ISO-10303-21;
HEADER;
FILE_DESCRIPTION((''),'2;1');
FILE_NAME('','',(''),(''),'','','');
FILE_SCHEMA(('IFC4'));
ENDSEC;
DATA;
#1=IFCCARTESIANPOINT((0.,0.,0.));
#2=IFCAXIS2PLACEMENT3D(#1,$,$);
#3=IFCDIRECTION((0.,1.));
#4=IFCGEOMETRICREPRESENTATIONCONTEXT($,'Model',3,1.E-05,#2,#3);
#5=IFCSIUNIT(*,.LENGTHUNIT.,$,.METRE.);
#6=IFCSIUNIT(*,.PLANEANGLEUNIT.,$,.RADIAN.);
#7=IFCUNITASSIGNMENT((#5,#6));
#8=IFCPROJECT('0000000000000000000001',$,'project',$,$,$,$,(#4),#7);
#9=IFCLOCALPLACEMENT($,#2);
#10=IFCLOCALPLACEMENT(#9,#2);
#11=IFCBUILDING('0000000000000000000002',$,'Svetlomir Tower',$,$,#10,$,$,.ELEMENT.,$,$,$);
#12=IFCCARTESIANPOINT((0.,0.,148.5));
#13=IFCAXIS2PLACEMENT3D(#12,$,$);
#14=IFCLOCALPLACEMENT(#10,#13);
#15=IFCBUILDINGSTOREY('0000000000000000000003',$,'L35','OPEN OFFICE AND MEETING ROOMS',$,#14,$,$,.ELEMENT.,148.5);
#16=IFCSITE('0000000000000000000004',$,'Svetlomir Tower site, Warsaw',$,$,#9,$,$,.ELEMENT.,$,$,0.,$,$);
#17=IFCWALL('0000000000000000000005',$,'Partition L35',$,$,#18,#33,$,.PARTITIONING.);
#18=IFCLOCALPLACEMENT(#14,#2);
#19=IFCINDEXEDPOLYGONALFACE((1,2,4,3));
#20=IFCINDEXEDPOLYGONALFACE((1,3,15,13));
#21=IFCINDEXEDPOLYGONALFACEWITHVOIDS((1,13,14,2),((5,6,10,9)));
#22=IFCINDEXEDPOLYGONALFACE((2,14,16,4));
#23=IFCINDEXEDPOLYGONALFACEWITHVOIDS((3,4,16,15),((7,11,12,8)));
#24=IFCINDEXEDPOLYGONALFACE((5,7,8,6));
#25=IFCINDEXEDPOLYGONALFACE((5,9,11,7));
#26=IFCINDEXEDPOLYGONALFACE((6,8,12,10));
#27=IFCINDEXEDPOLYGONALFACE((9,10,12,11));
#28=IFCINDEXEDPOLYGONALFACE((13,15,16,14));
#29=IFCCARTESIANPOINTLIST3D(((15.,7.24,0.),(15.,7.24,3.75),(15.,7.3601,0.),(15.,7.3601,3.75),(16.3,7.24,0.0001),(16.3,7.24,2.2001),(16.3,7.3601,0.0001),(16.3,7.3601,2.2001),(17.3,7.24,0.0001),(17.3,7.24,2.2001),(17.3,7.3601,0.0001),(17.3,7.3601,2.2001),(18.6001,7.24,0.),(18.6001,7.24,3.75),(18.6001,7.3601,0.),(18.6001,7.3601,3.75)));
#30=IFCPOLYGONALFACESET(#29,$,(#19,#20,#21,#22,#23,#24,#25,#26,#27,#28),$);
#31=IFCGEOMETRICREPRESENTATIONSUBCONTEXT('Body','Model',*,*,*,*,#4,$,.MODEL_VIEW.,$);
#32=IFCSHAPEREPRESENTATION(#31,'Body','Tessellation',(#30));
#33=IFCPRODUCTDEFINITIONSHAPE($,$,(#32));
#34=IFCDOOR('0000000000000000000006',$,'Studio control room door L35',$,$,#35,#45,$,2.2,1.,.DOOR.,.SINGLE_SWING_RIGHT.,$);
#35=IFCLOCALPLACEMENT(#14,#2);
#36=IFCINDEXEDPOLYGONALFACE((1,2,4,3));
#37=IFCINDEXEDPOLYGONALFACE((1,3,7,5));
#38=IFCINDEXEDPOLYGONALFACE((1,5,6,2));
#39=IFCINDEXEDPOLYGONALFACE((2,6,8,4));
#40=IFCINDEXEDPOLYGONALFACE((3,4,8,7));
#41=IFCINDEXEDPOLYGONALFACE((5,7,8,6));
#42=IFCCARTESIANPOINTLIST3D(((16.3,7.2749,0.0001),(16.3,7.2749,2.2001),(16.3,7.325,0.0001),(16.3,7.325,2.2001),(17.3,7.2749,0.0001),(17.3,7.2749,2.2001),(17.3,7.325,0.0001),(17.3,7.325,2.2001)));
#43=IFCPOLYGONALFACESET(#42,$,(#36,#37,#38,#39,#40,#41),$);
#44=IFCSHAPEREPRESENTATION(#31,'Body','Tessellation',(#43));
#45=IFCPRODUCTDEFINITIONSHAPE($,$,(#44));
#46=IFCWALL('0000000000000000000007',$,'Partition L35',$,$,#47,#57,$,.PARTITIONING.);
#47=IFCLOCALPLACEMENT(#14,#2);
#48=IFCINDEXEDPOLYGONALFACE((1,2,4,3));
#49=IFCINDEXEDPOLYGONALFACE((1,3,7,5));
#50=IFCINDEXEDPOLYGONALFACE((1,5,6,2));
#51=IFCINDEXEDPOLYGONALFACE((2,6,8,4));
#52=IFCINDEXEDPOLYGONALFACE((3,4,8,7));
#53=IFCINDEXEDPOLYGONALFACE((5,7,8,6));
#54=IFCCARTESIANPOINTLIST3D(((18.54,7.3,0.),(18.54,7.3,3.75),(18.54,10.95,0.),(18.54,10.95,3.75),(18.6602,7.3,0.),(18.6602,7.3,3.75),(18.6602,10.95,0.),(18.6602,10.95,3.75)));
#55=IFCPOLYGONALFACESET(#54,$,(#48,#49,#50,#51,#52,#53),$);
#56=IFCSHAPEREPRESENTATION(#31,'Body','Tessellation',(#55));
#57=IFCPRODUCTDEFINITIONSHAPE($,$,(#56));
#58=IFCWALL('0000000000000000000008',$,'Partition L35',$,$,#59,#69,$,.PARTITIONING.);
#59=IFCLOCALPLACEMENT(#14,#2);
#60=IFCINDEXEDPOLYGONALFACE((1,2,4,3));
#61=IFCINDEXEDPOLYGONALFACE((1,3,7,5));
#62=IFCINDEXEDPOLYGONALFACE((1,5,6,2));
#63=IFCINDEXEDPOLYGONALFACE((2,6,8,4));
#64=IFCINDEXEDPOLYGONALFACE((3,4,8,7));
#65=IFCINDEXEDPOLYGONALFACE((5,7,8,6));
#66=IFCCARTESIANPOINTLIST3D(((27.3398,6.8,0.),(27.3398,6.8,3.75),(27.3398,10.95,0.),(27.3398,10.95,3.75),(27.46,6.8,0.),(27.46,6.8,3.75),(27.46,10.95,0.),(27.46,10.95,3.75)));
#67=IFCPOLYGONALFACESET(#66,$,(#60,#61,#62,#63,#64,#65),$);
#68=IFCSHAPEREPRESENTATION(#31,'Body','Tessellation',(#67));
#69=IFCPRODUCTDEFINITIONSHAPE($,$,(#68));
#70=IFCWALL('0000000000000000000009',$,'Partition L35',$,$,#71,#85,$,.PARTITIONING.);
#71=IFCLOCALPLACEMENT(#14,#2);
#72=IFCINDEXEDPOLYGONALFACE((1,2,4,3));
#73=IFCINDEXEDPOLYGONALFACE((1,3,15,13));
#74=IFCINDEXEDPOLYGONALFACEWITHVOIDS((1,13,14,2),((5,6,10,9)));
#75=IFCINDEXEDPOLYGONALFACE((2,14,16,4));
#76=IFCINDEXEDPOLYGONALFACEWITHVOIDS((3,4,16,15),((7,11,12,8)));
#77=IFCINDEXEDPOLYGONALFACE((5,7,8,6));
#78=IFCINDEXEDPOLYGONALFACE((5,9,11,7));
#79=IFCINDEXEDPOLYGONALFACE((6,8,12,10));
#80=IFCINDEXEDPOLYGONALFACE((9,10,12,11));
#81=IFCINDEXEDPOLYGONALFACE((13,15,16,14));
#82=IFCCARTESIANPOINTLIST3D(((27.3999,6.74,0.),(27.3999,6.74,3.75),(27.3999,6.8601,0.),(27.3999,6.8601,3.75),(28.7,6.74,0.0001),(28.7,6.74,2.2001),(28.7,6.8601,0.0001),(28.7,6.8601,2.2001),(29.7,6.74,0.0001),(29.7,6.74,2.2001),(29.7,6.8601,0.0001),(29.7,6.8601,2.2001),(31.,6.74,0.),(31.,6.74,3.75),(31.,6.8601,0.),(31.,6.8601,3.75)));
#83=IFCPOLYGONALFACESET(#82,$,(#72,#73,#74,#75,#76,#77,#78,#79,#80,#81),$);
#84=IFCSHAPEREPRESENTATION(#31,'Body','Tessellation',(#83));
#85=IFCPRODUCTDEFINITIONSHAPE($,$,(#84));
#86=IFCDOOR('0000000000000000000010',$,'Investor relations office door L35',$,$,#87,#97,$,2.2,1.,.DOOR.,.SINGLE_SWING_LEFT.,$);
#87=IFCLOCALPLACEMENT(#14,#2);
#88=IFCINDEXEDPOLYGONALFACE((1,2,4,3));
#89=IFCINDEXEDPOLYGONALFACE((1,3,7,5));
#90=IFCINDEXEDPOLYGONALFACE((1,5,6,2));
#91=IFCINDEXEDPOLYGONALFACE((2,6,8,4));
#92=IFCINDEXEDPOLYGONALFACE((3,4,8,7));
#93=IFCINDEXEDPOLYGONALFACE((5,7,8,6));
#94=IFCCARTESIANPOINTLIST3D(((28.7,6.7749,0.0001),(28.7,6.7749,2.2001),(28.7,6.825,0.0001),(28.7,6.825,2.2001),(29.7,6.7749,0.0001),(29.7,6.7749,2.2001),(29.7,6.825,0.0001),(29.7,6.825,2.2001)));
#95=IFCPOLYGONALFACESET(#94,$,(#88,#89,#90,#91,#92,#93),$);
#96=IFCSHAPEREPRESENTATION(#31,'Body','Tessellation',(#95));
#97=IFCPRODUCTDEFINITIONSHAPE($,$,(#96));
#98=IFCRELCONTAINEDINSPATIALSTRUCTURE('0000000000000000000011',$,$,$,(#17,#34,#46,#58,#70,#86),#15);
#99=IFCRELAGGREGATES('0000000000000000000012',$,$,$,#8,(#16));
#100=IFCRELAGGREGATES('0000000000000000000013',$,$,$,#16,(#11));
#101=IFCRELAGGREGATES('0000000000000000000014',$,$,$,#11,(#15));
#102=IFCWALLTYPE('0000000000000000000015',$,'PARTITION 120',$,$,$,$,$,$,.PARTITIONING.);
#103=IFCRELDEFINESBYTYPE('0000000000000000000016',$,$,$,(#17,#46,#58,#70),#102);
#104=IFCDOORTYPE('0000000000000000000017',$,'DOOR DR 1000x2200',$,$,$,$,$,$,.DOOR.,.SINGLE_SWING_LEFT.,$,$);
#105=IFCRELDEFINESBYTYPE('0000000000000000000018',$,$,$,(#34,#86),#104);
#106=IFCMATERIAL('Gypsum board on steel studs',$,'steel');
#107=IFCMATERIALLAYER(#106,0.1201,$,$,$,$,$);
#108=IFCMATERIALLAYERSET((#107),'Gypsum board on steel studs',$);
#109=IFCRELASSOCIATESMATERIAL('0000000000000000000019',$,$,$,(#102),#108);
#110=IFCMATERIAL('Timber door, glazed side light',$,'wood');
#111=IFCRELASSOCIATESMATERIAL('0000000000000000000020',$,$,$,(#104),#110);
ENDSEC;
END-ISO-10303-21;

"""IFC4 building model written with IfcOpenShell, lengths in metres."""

from ifc_helpers import new_model, si_unit, direction, frame, frame_2d, origin, place, context, subcontext, project, spatial, rectangle, extrude, material, layer, layer_set, type_object, element, fill, save


model = new_model("IFC4")

# Units and contexts
model_context = context("Model", 3, precision=1e-05, world=origin(), true_north=direction((0.0, 1.0)))
body_context = subcontext(model_context, "Body", "Model", "MODEL_VIEW")
ifc_project = project(units=[si_unit("LENGTHUNIT", "METRE"), si_unit("PLANEANGLEUNIT", "RADIAN")], contexts=[model_context])

# Site, building, storey
site_placement = place(None, origin())
site = spatial("IfcSite", under=ifc_project, at=site_placement, Name="Svetlomir Tower site, Warsaw", CompositionType="ELEMENT", RefElevation=0.0)
building_placement = place(site_placement, origin())
building = spatial("IfcBuilding", under=site, at=building_placement, Name="Svetlomir Tower", CompositionType="ELEMENT")
storey_placement = place(building_placement, frame((0.0, 0.0, 148.5)))
storey = spatial("IfcBuildingStorey", under=building, at=storey_placement, Name="L35", Description="OPEN OFFICE AND MEETING ROOMS", CompositionType="ELEMENT", Elevation=148.5)

# Shared definitions
ifc_material_1 = material(Name="Gypsum board on steel studs", Category="steel")
ifc_layer_1 = layer(ifc_material_1, 0.1201)
ifc_layer_set_1 = layer_set([ifc_layer_1], Name="Gypsum board on steel studs")
wall_type_1 = type_object("IfcWallType", Name="PARTITION 120", PredefinedType="PARTITIONING", material=ifc_layer_set_1)

# Wall, opening, door
wall_1_placement = place(storey_placement, frame((15.0, 7.3, 0.0), z_axis=(0.0, 0.0, 1.0), x_axis=(1.0, 0.0, 0.0)))
wall_1 = element("IfcWall", 1, at=wall_1_placement, inside=storey, type_object=wall_type_1, Name="Partition L35", PredefinedType="PARTITIONING", context=body_context, shape_type="SweptSolid", body=[
    extrude(rectangle(XDim=3.6001, YDim=0.1201, at=frame_2d((1.8, 0.0))), origin(), (0.0, 0.0, 1.0), 3.75),
])
opening_1_placement = place(wall_1_placement, frame((1.3, 0.0, 0.0)))
opening_1 = element("IfcOpeningElement", 2, at=opening_1_placement, cuts=wall_1, PredefinedType="OPENING", context=body_context, shape_type="SweptSolid", body=[
    extrude(rectangle(XDim=1.0, YDim=2.2, at=frame_2d((0.5, 1.1001))), frame((0.0, 0.0701, 0.0), z_axis=(0.0, -1.0, 0.0), x_axis=(1.0, 0.0, 0.0)), (0.0, 0.0, 1.0), 0.1401),
])
ifc_material_2 = material(Name="Timber door, glazed side light", Category="wood")
door_type_1 = type_object("IfcDoorType", Name="DOOR DR 1000x2200", OperationType="SINGLE_SWING_LEFT", PredefinedType="DOOR", material=ifc_material_2)
door_1_placement = place(opening_1_placement, origin())
door_1 = element("IfcDoor", 3, at=door_1_placement, inside=storey, type_object=door_type_1, Name="Studio control room door L35", OperationType="SINGLE_SWING_RIGHT", OverallHeight=2.2, OverallWidth=1.0, PredefinedType="DOOR", context=body_context, shape_type="SweptSolid", body=[
    extrude(rectangle(XDim=1.0, YDim=2.2, at=frame_2d((0.5, 1.1001))), frame((0.0, 0.0249, 0.0), z_axis=(0.0, -1.0, 0.0), x_axis=(1.0, 0.0, 0.0)), (0.0, 0.0, 1.0), 0.05),
])
fill(opening_1, door_1)

# Walls
wall_2_placement = place(storey_placement, frame((18.6001, 7.3, 0.0), z_axis=(0.0, 0.0, 1.0), x_axis=(0.0, 1.0, 0.0)))
element("IfcWall", 4, at=wall_2_placement, inside=storey, type_object=wall_type_1, Name="Partition L35", PredefinedType="PARTITIONING", context=body_context, shape_type="SweptSolid", body=[
    extrude(rectangle(XDim=3.6499, YDim=0.1201, at=frame_2d((1.825, 0.0))), origin(), (0.0, 0.0, 1.0), 3.75),
])
wall_3_placement = place(storey_placement, frame((27.3999, 6.8, 0.0), z_axis=(0.0, 0.0, 1.0), x_axis=(0.0, 1.0, 0.0)))
element("IfcWall", 5, at=wall_3_placement, inside=storey, type_object=wall_type_1, Name="Partition L35", PredefinedType="PARTITIONING", context=body_context, shape_type="SweptSolid", body=[
    extrude(rectangle(XDim=4.1499, YDim=0.1201, at=frame_2d((2.075, 0.0))), origin(), (0.0, 0.0, 1.0), 3.75),
])

# Wall, opening, door
wall_4_placement = place(storey_placement, frame((27.3999, 6.8, 0.0), z_axis=(0.0, 0.0, 1.0), x_axis=(1.0, 0.0, 0.0)))
wall_4 = element("IfcWall", 6, at=wall_4_placement, inside=storey, type_object=wall_type_1, Name="Partition L35", PredefinedType="PARTITIONING", context=body_context, shape_type="SweptSolid", body=[
    extrude(rectangle(XDim=3.6001, YDim=0.1201, at=frame_2d((1.8, 0.0))), origin(), (0.0, 0.0, 1.0), 3.75),
])
opening_2_placement = place(wall_4_placement, frame((1.3, 0.0, 0.0)))
opening_2 = element("IfcOpeningElement", 7, at=opening_2_placement, cuts=wall_4, PredefinedType="OPENING", context=body_context, shape_type="SweptSolid", body=[
    extrude(rectangle(XDim=1.0, YDim=2.2, at=frame_2d((0.5, 1.1001))), frame((0.0, 0.0701, 0.0), z_axis=(0.0, -1.0, 0.0), x_axis=(1.0, 0.0, 0.0)), (0.0, 0.0, 1.0), 0.1401),
])
door_2_placement = place(opening_2_placement, origin())
door_2 = element("IfcDoor", 8, at=door_2_placement, inside=storey, type_object=door_type_1, Name="Investor relations office door L35", OperationType="SINGLE_SWING_LEFT", OverallHeight=2.2, OverallWidth=1.0, PredefinedType="DOOR", context=body_context, shape_type="SweptSolid", body=[
    extrude(rectangle(XDim=1.0, YDim=2.2, at=frame_2d((0.5, 1.1001))), frame((0.0, 0.0249, 0.0), z_axis=(0.0, -1.0, 0.0), x_axis=(1.0, 0.0, 0.0)), (0.0, 0.0, 1.0), 0.05),
])
fill(opening_2, door_2)

save(model, "model.ifc")
